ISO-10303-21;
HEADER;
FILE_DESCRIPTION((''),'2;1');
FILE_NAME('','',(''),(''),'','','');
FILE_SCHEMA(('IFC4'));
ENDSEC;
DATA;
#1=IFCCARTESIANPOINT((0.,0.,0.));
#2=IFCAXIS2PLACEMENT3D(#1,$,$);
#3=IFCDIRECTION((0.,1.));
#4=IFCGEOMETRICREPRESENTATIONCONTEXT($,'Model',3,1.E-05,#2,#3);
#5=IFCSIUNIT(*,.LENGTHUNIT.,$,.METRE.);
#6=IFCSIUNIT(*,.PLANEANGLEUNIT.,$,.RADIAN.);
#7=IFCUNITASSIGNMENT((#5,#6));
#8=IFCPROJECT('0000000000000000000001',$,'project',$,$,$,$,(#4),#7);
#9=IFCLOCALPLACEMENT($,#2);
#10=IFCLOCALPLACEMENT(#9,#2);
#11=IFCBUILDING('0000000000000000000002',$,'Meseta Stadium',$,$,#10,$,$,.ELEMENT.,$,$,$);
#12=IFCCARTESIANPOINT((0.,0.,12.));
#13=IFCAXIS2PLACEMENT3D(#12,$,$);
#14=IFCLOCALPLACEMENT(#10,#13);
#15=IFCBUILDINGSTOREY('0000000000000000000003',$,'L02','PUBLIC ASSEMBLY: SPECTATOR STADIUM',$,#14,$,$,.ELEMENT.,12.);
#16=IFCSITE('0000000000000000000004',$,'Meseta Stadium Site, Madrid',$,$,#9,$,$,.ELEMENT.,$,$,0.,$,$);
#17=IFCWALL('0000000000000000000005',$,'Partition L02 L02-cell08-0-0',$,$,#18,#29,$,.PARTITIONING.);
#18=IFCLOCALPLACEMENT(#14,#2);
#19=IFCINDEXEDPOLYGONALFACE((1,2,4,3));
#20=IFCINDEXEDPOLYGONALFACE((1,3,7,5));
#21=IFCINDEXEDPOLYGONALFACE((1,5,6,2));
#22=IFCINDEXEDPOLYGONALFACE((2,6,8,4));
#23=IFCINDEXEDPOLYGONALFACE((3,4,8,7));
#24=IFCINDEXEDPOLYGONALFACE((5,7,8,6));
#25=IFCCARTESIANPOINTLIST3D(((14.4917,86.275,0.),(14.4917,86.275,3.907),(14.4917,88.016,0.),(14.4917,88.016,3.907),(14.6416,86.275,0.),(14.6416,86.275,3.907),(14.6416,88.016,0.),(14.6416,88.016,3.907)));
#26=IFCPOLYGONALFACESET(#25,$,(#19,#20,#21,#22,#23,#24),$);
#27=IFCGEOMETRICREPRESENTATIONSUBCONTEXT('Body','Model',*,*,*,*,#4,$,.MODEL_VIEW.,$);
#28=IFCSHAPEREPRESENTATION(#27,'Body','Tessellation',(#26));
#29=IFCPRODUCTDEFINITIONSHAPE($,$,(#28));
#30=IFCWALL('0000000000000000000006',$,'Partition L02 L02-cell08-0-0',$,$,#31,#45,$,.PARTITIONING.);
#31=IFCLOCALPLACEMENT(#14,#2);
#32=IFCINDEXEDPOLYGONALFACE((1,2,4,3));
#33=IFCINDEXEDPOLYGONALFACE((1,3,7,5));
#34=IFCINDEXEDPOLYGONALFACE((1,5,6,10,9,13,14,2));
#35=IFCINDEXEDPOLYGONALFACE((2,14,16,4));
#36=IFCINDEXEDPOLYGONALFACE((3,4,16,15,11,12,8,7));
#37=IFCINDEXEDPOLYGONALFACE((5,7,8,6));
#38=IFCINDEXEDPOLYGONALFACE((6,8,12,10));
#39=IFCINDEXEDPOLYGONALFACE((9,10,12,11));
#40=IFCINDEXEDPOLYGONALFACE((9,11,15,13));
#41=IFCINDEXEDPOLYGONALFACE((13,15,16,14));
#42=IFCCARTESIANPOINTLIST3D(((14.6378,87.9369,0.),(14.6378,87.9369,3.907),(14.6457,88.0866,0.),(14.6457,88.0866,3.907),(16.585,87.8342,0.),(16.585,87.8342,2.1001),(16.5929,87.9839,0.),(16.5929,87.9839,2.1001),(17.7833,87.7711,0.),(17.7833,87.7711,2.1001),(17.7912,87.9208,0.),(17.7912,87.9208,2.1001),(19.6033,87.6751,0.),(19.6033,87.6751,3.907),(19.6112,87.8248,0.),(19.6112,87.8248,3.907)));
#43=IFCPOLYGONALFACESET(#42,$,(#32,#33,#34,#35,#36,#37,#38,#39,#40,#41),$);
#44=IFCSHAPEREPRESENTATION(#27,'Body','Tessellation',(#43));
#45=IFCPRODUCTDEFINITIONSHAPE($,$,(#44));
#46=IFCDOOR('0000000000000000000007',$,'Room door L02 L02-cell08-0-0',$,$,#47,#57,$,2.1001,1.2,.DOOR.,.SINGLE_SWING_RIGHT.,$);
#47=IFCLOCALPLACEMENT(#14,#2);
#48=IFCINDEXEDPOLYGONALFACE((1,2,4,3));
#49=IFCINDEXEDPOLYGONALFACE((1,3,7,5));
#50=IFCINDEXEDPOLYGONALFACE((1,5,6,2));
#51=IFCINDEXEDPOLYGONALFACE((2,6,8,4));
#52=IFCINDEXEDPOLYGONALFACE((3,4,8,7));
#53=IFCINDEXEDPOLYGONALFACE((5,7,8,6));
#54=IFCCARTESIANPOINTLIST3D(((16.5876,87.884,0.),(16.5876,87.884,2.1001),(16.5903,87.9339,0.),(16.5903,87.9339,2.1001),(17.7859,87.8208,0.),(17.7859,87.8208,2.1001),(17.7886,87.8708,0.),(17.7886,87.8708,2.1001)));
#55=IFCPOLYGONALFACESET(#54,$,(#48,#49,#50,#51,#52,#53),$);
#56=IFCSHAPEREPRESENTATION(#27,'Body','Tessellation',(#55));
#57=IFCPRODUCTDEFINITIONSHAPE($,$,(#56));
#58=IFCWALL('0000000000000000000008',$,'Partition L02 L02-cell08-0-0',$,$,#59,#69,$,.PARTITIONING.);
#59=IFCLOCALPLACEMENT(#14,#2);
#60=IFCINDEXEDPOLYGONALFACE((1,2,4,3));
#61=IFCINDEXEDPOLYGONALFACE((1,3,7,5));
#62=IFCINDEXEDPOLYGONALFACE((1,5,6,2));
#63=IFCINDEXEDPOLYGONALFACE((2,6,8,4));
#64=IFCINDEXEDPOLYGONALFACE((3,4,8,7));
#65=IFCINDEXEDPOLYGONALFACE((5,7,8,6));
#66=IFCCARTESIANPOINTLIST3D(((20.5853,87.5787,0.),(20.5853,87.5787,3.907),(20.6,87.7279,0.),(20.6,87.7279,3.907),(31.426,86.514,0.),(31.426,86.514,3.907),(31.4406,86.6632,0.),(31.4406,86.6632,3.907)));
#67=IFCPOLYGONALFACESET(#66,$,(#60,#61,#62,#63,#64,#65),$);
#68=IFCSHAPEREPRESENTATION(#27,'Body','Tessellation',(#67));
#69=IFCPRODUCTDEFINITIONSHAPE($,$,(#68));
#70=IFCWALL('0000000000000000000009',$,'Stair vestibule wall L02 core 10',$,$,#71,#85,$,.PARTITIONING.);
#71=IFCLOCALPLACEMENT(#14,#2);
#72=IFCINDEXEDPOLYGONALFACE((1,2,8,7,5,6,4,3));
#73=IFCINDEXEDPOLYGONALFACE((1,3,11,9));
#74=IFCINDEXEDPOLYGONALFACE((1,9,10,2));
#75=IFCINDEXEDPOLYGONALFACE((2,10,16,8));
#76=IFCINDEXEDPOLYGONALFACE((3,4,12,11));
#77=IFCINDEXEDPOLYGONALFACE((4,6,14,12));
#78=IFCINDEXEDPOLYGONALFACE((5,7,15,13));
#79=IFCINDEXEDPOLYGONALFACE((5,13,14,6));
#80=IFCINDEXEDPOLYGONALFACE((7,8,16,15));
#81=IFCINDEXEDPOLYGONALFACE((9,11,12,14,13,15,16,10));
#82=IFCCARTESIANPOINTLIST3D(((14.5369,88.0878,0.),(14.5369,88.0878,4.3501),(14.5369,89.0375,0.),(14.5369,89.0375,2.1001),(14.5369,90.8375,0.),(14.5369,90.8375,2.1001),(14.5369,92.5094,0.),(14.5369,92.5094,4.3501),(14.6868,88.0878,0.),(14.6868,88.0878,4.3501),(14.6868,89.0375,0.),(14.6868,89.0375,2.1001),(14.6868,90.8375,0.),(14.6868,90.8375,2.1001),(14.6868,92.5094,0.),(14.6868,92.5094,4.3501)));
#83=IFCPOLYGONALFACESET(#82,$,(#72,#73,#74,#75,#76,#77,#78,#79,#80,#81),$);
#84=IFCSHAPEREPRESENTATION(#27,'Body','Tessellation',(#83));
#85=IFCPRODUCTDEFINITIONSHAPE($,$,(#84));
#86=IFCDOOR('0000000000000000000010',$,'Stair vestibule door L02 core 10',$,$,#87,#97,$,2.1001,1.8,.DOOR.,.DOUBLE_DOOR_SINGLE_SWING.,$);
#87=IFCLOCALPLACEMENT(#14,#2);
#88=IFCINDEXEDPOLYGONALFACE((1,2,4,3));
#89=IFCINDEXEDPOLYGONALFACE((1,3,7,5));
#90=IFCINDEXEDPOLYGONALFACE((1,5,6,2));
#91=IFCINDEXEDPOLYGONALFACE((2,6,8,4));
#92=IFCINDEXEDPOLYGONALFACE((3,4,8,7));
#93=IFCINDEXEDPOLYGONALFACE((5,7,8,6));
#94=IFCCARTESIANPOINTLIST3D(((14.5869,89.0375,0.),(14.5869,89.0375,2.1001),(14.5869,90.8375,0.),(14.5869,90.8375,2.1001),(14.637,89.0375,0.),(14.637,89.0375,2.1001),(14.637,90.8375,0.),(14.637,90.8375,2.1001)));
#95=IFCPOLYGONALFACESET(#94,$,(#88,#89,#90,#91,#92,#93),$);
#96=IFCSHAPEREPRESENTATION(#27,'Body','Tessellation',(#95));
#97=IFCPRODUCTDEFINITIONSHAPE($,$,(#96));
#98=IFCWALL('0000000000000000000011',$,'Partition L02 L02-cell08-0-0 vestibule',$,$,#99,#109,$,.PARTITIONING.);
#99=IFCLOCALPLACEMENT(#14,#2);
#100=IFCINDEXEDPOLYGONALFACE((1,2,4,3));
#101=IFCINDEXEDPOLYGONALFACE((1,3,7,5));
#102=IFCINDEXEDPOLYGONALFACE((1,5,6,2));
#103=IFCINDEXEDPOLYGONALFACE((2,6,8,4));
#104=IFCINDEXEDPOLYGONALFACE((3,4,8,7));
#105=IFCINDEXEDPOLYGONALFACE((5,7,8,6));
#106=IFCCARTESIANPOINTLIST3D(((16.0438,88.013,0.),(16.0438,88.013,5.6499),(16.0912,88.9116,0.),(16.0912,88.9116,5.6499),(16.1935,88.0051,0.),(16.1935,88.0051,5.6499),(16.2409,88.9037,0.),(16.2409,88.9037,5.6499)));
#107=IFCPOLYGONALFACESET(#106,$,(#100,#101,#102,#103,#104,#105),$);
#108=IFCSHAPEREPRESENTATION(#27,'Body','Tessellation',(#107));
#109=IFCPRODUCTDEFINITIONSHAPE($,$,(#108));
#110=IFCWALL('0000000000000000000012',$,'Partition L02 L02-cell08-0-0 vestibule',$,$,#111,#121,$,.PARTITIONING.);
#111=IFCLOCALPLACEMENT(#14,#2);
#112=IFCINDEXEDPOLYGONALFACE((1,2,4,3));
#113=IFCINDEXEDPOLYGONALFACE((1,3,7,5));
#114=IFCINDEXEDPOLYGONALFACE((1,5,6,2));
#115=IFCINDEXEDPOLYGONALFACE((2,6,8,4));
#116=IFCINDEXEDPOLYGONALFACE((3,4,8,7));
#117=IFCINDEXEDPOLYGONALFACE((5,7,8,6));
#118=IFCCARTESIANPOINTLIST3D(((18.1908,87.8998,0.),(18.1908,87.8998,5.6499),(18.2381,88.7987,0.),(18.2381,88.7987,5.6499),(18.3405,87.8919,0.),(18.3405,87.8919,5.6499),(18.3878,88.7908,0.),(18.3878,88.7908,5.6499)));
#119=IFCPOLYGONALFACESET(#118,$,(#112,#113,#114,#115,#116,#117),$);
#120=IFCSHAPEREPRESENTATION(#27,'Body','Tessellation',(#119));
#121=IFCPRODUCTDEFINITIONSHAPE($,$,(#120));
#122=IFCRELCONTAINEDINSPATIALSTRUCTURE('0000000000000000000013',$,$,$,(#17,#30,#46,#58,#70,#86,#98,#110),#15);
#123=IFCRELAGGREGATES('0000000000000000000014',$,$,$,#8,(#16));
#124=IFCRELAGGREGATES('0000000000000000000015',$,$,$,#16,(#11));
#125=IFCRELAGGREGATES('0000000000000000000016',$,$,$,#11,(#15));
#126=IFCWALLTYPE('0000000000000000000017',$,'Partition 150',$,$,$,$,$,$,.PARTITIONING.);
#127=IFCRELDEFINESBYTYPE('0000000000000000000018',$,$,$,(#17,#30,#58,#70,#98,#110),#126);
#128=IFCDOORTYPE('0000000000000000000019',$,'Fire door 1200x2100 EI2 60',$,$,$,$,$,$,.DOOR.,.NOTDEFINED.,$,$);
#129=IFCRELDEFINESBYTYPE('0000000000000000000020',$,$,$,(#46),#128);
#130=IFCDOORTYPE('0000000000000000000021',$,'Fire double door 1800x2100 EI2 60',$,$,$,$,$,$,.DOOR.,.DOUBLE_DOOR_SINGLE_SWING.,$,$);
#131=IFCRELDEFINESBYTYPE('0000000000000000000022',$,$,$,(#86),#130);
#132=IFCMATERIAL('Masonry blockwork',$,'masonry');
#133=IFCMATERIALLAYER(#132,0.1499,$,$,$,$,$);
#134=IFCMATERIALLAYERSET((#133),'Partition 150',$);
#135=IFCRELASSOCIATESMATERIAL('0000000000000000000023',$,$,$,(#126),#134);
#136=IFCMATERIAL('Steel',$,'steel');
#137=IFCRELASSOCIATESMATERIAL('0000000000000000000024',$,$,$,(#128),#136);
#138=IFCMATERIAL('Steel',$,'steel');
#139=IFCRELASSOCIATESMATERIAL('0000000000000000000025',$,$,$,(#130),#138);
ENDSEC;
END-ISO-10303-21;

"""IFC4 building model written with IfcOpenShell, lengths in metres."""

from ifc_helpers import new_model, si_unit, direction, frame, frame_2d, origin, place, context, subcontext, project, spatial, rectangle, extrude, material, layer, layer_set, type_object, element, fill, save


model = new_model("IFC4")

# Units and contexts
model_context = context("Model", 3, precision=1e-05, world=origin(), true_north=direction((0.0, 1.0)))
body_context = subcontext(model_context, "Body", "Model", "MODEL_VIEW")
ifc_project = project(units=[si_unit("LENGTHUNIT", "METRE"), si_unit("PLANEANGLEUNIT", "RADIAN")], contexts=[model_context])

# Site, building, storey
site_placement = place(None, origin())
site = spatial("IfcSite", under=ifc_project, at=site_placement, Name="Meseta Stadium Site, Madrid", CompositionType="ELEMENT", RefElevation=0.0)
building_placement = place(site_placement, origin())
building = spatial("IfcBuilding", under=site, at=building_placement, Name="Meseta Stadium", CompositionType="ELEMENT")
storey_placement = place(building_placement, frame((0.0, 0.0, 12.0)))
storey = spatial("IfcBuildingStorey", under=building, at=storey_placement, Name="L02", Description="PUBLIC ASSEMBLY: SPECTATOR STADIUM", CompositionType="ELEMENT", Elevation=12.0)

# Wall
ifc_material_1 = material(Name="Masonry blockwork", Category="masonry")
ifc_layer_1 = layer(ifc_material_1, 0.1499)
ifc_layer_set_1 = layer_set([ifc_layer_1], Name="Partition 150")
wall_type = type_object("IfcWallType", Name="Partition 150", PredefinedType="PARTITIONING", material=ifc_layer_set_1)
wall_1_placement = place(storey_placement, frame((14.5667, 86.2749, 0.0), z_axis=(0.0, 0.0, 1.0), x_axis=(0.0, 1.0, 0.0)))
element("IfcWall", 1, at=wall_1_placement, inside=storey, type_object=wall_type, Name="Partition L02 L02-cell08-0-0", PredefinedType="PARTITIONING", context=body_context, shape_type="SweptSolid", body=[
    extrude(rectangle(XDim=1.741, YDim=0.1499, at=frame_2d((0.8706, 0.0))), origin(), (0.0, 0.0, 1.0), 3.907),
])

# Wall, opening, door
wall_2_placement = place(storey_placement, frame((14.6416, 88.0117, 0.0), z_axis=(0.0, 0.0, 1.0), x_axis=(0.998614, -0.052634, 0.0)))
wall_2 = element("IfcWall", 2, at=wall_2_placement, inside=storey, type_object=wall_type, Name="Partition L02 L02-cell08-0-0", PredefinedType="PARTITIONING", context=body_context, shape_type="SweptSolid", body=[
    extrude(rectangle(XDim=4.9724, YDim=0.1499, at=frame_2d((2.4863, 0.0))), origin(), (0.0, 0.0, 1.0), 3.907),
])
opening_1_placement = place(wall_2_placement, frame((1.95, 0.0, 0.0)))
opening_1 = element("IfcOpeningElement", 3, at=opening_1_placement, cuts=wall_2, PredefinedType="OPENING", context=body_context, shape_type="SweptSolid", body=[
    extrude(rectangle(XDim=1.2, YDim=2.1001, at=frame_2d((0.6001, 1.05))), frame((0.0, 0.085, 0.0), z_axis=(0.0, -1.0, 0.0), x_axis=(1.0, 0.0, 0.0)), (0.0, 0.0, 1.0), 0.1699),
])
ifc_material_2 = material(Name="Steel", Category="steel")
door_type_1 = type_object("IfcDoorType", Name="Fire door 1200x2100 EI2 60", OperationType="NOTDEFINED", PredefinedType="DOOR", material=ifc_material_2)
door_1_placement = place(opening_1_placement, origin())
door_1 = element("IfcDoor", 4, at=door_1_placement, inside=storey, type_object=door_type_1, Name="Room door L02 L02-cell08-0-0", OperationType="SINGLE_SWING_RIGHT", OverallHeight=2.1001, OverallWidth=1.2, PredefinedType="DOOR", context=body_context, shape_type="SweptSolid", body=[
    extrude(rectangle(XDim=1.2, YDim=2.1001, at=frame_2d((0.6001, 1.05))), frame((0.0, 0.0249, 0.0), z_axis=(0.0, -1.0, 0.0), x_axis=(1.0, 0.0, 0.0)), (0.0, 0.0, 1.0), 0.05),
])
fill(opening_1, door_1)

# Wall
wall_3_placement = place(storey_placement, frame((20.5928, 87.6533, 0.0), z_axis=(0.0, 0.0, 1.0), x_axis=(0.995212, -0.097744, 0.0)))
element("IfcWall", 5, at=wall_3_placement, inside=storey, type_object=wall_type, Name="Partition L02 L02-cell08-0-0", PredefinedType="PARTITIONING", context=body_context, shape_type="SweptSolid", body=[
    extrude(rectangle(XDim=10.8928, YDim=0.1499, at=frame_2d((5.4463, 0.0))), origin(), (0.0, 0.0, 1.0), 3.907),
])

# Wall, opening, door
wall_4_placement = place(storey_placement, frame((14.6118, 88.0876, 0.0), z_axis=(0.0, 0.0, 1.0), x_axis=(0.0, 1.0, 0.0)))
wall_4 = element("IfcWall", 6, at=wall_4_placement, inside=storey, type_object=wall_type, Name="Stair vestibule wall L02 core 10", PredefinedType="PARTITIONING", context=body_context, shape_type="SweptSolid", body=[
    extrude(rectangle(XDim=4.4216, YDim=0.1499, at=frame_2d((2.2109, 0.0))), origin(), (0.0, 0.0, 1.0), 4.3501),
])
opening_2_placement = place(wall_4_placement, frame((0.95, 0.0, 0.0)))
opening_2 = element("IfcOpeningElement", 7, at=opening_2_placement, cuts=wall_4, PredefinedType="OPENING", context=body_context, shape_type="SweptSolid", body=[
    extrude(rectangle(XDim=1.8, YDim=2.1001, at=frame_2d((0.8999, 1.05))), frame((0.0, 0.085, 0.0), z_axis=(0.0, -1.0, 0.0), x_axis=(1.0, 0.0, 0.0)), (0.0, 0.0, 1.0), 0.1699),
])
ifc_material_3 = material(Name="Steel", Category="steel")
door_type_2 = type_object("IfcDoorType", Name="Fire double door 1800x2100 EI2 60", OperationType="DOUBLE_DOOR_SINGLE_SWING", PredefinedType="DOOR", material=ifc_material_3)
door_2_placement = place(opening_2_placement, origin())
door_2 = element("IfcDoor", 8, at=door_2_placement, inside=storey, type_object=door_type_2, Name="Stair vestibule door L02 core 10", OperationType="DOUBLE_DOOR_SINGLE_SWING", OverallHeight=2.1001, OverallWidth=1.8, PredefinedType="DOOR", context=body_context, shape_type="SweptSolid", body=[
    extrude(rectangle(XDim=1.8, YDim=2.1001, at=frame_2d((0.8999, 1.05))), frame((0.0, 0.0249, 0.0), z_axis=(0.0, -1.0, 0.0), x_axis=(1.0, 0.0, 0.0)), (0.0, 0.0, 1.0), 0.05),
])
fill(opening_2, door_2)

# Walls
wall_5_placement = place(storey_placement, frame((16.1187, 88.009, 0.0), z_axis=(0.0, 0.0, 1.0), x_axis=(0.05263, 0.998614, 0.0)))
element("IfcWall", 9, at=wall_5_placement, inside=storey, type_object=wall_type, Name="Partition L02 L02-cell08-0-0 vestibule", PredefinedType="PARTITIONING", context=body_context, shape_type="SweptSolid", body=[
    extrude(rectangle(XDim=0.8999, YDim=0.1499, at=frame_2d((0.45, 0.0))), origin(), (0.0, 0.0, 1.0), 5.6499),
])
wall_6_placement = place(storey_placement, frame((18.2656, 87.8958, 0.0), z_axis=(0.0, 0.0, 1.0), x_axis=(0.052616, 0.998615, 0.0)))
element("IfcWall", 10, at=wall_6_placement, inside=storey, type_object=wall_type, Name="Partition L02 L02-cell08-0-0 vestibule", PredefinedType="PARTITIONING", context=body_context, shape_type="SweptSolid", body=[
    extrude(rectangle(XDim=0.9001, YDim=0.1499, at=frame_2d((0.4502, 0.0))), origin(), (0.0, 0.0, 1.0), 5.6499),
])

save(model, "model.ifc")
